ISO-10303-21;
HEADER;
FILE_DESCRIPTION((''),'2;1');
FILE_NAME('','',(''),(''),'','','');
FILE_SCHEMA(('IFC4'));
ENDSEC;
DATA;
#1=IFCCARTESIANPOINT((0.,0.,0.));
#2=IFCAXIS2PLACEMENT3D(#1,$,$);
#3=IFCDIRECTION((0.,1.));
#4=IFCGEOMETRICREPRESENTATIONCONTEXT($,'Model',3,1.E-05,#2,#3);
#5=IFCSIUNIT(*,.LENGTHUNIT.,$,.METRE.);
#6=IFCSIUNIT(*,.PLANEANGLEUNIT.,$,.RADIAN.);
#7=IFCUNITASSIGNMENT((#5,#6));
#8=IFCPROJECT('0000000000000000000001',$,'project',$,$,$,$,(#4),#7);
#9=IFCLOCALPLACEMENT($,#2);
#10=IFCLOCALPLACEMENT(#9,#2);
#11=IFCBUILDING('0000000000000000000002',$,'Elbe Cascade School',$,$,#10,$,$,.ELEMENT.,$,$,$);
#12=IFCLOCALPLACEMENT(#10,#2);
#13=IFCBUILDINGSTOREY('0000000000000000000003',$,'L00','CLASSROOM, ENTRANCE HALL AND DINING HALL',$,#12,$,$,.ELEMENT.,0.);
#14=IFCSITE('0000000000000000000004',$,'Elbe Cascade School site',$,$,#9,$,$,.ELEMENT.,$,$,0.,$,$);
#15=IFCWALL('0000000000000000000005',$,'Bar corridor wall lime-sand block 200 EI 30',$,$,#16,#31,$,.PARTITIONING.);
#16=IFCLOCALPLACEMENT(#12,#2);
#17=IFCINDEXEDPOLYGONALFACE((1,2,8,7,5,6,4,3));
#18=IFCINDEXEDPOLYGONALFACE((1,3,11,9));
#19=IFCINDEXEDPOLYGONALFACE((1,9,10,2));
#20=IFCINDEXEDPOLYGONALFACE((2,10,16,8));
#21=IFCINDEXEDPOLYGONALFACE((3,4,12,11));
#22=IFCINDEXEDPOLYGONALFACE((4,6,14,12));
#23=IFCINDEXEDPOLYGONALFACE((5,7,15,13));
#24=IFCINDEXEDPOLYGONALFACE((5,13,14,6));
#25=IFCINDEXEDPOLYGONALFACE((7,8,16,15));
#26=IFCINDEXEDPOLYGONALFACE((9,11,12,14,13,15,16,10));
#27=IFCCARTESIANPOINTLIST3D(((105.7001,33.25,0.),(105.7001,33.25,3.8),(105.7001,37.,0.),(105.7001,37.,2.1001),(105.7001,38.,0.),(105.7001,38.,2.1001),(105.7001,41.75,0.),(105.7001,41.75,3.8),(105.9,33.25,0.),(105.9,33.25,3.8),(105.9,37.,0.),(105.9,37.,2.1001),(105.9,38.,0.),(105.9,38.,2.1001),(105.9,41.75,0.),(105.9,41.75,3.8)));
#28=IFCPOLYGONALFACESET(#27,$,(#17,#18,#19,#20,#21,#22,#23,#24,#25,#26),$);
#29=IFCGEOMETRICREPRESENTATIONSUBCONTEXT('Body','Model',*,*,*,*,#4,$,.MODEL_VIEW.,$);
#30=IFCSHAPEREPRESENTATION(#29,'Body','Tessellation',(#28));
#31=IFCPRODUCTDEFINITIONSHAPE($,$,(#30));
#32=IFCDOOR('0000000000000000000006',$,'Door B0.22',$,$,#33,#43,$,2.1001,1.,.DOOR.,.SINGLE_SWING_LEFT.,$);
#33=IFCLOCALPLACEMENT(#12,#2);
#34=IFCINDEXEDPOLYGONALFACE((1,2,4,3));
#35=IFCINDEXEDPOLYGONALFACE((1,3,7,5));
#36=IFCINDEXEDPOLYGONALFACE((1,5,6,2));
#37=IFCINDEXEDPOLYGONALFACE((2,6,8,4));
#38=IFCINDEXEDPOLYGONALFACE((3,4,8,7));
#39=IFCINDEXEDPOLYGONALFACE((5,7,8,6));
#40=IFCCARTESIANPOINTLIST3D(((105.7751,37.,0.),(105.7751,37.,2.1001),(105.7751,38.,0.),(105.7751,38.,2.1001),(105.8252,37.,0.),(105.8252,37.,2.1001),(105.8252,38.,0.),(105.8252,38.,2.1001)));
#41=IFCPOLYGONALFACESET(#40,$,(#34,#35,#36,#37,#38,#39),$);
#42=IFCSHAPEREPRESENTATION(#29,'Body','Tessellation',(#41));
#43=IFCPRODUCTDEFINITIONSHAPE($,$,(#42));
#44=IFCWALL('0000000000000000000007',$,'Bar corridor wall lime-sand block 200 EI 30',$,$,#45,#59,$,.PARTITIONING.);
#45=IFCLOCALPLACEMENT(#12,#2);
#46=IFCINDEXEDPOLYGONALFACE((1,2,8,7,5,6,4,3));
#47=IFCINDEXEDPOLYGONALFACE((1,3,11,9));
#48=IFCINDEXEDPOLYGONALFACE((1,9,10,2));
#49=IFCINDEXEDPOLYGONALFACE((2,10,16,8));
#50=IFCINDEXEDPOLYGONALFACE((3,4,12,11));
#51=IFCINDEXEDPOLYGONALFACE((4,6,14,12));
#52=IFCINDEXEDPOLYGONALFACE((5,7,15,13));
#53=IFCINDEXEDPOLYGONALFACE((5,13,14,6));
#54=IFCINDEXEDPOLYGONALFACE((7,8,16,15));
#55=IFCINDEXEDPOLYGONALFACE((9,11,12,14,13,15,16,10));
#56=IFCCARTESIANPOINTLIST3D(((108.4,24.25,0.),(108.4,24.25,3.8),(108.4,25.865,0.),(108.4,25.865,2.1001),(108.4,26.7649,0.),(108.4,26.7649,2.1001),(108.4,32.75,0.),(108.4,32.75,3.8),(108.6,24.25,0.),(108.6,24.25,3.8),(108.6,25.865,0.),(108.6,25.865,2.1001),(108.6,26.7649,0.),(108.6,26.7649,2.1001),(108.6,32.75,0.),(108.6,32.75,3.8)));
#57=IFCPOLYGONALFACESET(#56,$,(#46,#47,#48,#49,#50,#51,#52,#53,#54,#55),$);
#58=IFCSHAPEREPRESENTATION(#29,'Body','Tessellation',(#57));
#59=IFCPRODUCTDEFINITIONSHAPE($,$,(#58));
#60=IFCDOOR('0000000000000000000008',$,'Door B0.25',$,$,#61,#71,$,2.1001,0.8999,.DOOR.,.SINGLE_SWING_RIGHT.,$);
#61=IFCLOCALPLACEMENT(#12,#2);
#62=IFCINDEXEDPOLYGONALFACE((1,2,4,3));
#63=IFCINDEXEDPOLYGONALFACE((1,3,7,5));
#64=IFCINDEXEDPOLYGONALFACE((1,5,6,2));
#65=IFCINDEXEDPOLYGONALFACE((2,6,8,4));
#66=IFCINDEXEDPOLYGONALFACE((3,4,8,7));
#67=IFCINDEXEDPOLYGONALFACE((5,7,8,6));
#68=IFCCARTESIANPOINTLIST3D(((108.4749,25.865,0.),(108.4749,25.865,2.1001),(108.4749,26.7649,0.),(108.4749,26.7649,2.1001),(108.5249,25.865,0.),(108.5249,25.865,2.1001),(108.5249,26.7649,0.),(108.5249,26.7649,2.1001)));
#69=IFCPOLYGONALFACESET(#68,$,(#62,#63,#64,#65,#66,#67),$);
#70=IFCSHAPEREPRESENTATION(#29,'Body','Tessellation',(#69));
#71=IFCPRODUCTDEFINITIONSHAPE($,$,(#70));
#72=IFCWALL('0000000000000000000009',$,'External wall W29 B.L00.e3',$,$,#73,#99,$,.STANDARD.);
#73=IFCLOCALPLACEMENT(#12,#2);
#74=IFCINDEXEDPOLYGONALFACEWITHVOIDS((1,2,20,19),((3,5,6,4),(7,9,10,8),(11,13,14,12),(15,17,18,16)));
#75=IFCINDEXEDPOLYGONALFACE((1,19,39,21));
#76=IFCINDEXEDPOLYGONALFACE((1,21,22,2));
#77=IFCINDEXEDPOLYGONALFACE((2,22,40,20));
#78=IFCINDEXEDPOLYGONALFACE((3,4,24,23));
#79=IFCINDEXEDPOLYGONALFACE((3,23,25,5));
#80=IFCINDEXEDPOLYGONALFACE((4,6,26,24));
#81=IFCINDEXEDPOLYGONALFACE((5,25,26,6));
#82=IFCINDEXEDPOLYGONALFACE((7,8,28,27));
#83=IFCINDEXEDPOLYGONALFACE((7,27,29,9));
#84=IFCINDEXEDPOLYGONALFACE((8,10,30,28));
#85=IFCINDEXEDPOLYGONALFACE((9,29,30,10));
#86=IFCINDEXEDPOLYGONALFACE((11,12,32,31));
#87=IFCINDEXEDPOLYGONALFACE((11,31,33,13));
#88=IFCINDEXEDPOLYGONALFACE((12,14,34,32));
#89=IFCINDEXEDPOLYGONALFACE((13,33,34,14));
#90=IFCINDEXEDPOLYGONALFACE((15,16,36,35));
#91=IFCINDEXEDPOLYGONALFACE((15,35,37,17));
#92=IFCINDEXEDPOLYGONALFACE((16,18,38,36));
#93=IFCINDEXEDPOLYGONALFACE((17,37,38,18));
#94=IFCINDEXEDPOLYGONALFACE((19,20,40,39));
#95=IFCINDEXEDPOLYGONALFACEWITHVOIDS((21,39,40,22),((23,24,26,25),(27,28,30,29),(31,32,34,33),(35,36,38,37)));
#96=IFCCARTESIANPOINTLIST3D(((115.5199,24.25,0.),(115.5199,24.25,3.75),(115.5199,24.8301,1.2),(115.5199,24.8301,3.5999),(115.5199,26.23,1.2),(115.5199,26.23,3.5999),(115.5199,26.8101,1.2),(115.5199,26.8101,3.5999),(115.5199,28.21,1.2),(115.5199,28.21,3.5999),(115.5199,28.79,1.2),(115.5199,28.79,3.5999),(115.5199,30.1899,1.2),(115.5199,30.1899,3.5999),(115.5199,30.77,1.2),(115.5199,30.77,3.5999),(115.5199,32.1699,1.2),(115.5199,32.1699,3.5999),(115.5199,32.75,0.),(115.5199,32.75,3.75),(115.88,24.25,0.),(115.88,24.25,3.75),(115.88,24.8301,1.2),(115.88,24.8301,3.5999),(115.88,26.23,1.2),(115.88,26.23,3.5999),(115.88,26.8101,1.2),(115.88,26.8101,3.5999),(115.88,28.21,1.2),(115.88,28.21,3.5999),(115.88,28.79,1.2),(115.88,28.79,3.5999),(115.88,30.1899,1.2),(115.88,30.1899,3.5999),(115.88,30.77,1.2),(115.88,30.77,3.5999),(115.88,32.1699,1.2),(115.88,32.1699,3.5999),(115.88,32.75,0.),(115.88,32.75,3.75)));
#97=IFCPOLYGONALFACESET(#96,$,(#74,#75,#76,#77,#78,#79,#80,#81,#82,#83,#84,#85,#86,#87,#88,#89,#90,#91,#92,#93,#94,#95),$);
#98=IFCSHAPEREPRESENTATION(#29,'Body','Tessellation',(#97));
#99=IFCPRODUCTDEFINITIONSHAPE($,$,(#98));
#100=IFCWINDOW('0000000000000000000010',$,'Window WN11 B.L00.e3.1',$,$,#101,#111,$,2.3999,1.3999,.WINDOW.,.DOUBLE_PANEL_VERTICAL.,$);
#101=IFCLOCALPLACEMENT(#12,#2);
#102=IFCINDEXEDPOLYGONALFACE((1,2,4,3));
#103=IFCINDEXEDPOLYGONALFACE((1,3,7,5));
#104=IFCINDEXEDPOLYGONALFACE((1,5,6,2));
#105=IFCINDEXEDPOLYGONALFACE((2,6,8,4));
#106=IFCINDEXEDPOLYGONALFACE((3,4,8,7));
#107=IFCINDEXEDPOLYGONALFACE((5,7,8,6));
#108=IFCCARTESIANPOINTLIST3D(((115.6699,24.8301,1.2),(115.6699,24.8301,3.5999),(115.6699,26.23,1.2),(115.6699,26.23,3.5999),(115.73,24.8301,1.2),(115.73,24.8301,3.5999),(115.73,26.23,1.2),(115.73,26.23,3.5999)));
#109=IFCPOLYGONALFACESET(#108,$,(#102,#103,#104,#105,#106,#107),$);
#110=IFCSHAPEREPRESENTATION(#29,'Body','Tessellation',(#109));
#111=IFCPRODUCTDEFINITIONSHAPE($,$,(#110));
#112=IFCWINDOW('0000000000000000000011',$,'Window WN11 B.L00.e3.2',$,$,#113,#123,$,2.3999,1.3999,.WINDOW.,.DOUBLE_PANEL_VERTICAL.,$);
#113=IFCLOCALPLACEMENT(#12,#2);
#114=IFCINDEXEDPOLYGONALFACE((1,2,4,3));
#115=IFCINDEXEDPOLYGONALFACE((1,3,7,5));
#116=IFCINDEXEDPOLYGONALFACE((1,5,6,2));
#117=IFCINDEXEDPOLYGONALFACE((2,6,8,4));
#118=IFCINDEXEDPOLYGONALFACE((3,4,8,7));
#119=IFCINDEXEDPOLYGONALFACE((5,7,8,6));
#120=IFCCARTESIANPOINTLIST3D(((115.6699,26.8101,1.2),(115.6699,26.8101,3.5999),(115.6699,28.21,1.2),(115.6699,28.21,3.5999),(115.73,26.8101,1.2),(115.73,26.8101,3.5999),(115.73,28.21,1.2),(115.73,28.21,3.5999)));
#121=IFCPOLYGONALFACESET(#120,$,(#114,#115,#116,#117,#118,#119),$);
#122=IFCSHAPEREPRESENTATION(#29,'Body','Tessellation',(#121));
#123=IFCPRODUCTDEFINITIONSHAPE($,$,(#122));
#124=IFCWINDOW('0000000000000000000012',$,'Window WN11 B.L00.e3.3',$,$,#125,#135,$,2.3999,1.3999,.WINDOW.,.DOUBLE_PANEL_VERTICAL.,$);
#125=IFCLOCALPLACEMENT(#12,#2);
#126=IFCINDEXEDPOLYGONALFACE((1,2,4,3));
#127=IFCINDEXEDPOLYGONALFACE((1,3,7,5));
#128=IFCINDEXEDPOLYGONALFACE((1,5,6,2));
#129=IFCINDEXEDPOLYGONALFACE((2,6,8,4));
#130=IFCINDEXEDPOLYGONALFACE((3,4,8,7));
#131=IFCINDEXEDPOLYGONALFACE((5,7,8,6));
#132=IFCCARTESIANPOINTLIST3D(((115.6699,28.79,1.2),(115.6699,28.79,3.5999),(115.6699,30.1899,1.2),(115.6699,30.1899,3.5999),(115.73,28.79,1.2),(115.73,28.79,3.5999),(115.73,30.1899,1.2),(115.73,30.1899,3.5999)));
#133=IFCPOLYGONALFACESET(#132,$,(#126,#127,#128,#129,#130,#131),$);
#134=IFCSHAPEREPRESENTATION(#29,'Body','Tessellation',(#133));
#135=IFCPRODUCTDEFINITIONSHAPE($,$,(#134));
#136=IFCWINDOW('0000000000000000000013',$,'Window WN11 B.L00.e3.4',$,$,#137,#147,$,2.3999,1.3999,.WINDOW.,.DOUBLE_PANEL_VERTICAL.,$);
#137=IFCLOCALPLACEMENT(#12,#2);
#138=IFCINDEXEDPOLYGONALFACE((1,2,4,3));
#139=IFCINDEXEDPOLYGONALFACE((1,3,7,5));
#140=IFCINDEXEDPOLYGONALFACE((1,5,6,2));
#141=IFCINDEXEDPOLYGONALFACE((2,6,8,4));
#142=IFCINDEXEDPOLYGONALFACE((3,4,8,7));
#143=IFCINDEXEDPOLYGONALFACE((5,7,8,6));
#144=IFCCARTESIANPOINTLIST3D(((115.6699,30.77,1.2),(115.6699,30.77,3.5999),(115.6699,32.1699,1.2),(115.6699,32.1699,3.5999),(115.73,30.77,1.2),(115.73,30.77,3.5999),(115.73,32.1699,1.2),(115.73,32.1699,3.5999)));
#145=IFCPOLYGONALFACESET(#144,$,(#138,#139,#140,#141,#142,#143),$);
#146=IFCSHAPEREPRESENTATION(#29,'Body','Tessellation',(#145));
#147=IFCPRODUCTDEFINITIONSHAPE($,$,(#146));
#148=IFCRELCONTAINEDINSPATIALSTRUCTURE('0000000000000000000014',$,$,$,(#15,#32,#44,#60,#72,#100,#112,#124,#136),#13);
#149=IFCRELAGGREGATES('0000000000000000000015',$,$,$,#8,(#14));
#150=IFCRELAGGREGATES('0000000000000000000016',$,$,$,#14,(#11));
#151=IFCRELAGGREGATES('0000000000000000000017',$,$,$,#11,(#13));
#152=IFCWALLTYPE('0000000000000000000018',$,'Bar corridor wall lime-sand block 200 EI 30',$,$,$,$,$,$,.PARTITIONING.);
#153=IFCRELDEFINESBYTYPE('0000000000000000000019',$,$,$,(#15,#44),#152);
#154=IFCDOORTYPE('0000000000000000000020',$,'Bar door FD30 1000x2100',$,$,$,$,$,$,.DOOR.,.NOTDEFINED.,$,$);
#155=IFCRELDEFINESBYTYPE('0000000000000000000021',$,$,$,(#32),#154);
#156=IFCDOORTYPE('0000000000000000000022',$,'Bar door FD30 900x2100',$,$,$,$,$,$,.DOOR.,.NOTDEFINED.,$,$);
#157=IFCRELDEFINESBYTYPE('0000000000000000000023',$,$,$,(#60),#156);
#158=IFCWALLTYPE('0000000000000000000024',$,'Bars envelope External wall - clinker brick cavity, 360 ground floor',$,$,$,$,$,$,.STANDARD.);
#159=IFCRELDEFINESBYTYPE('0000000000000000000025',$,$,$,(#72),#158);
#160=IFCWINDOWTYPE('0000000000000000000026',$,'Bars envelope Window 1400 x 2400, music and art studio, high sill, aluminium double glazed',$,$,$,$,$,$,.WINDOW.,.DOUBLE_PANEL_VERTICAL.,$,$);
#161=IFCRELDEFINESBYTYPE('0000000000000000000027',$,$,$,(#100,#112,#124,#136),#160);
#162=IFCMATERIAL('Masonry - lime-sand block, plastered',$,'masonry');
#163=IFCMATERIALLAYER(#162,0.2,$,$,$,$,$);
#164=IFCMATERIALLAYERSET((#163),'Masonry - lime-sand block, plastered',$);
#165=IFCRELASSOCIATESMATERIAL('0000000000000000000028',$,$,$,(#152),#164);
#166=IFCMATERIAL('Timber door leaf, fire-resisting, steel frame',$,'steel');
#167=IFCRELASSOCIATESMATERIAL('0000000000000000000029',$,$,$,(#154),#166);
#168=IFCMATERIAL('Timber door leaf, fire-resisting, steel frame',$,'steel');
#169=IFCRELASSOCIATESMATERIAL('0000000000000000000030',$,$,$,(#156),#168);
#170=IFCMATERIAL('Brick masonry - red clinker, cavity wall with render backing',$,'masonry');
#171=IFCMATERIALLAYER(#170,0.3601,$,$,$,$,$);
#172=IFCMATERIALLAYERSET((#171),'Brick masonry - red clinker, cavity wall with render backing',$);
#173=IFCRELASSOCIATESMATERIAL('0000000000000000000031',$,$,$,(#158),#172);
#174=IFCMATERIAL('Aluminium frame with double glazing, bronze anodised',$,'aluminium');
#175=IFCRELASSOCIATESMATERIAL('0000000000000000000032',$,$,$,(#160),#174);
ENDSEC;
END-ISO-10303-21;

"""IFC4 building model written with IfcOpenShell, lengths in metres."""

from ifc_helpers import new_model, si_unit, direction, frame, frame_2d, origin, place, context, subcontext, project, spatial, rectangle, extrude, material, layer, layer_set, type_object, element, fill, save


model = new_model("IFC4")

# Units and contexts
model_context = context("Model", 3, precision=1e-05, world=origin(), true_north=direction((0.0, 1.0)))
body_context = subcontext(model_context, "Body", "Model", "MODEL_VIEW")
ifc_project = project(units=[si_unit("LENGTHUNIT", "METRE"), si_unit("PLANEANGLEUNIT", "RADIAN")], contexts=[model_context])

# Site, building, storey
site_placement = place(None, origin())
site = spatial("IfcSite", under=ifc_project, at=site_placement, Name="Elbe Cascade School site", CompositionType="ELEMENT", RefElevation=0.0)
building_placement = place(site_placement, origin())
building = spatial("IfcBuilding", under=site, at=building_placement, Name="Elbe Cascade School", CompositionType="ELEMENT")
storey_placement = place(building_placement, origin())
storey = spatial("IfcBuildingStorey", under=building, at=storey_placement, Name="L00", Description="CLASSROOM, ENTRANCE HALL AND DINING HALL", CompositionType="ELEMENT", Elevation=0.0)

# Walls, openings, doors
ifc_material_1 = material(Name="Masonry - lime-sand block, plastered", Category="masonry")
ifc_layer_1 = layer(ifc_material_1, 0.2)
ifc_layer_set_1 = layer_set([ifc_layer_1], Name="Masonry - lime-sand block, plastered")
wall_type_1 = type_object("IfcWallType", Name="Bar corridor wall lime-sand block 200 EI 30", PredefinedType="PARTITIONING", material=ifc_layer_set_1)
wall_1_placement = place(storey_placement, frame((105.8, 33.25, 0.0), z_axis=(0.0, 0.0, 1.0), x_axis=(0.0, 1.0, 0.0)))
wall_1 = element("IfcWall", 1, at=wall_1_placement, inside=storey, type_object=wall_type_1, Name="Bar corridor wall lime-sand block 200 EI 30", PredefinedType="PARTITIONING", context=body_context, shape_type="SweptSolid", body=[
    extrude(rectangle(XDim=8.5, YDim=0.2, at=frame_2d((4.25, 0.0))), origin(), (0.0, 0.0, 1.0), 3.8),
])
opening_1_placement = place(wall_1_placement, frame((3.75, 0.0, 0.0)))
opening_1 = element("IfcOpeningElement", 2, at=opening_1_placement, cuts=wall_1, PredefinedType="OPENING", context=body_context, shape_type="SweptSolid", body=[
    extrude(rectangle(XDim=1.0, YDim=2.1001, at=frame_2d((0.5, 1.05))), frame((0.0, 0.1099, 0.0), z_axis=(0.0, -1.0, 0.0), x_axis=(1.0, 0.0, 0.0)), (0.0, 0.0, 1.0), 0.22),
])
ifc_material_2 = material(Name="Timber door leaf, fire-resisting, steel frame", Category="steel")
door_type_1 = type_object("IfcDoorType", Name="Bar door FD30 1000x2100", OperationType="NOTDEFINED", PredefinedType="DOOR", material=ifc_material_2)
door_1_placement = place(opening_1_placement, origin())
door_1 = element("IfcDoor", 3, at=door_1_placement, inside=storey, type_object=door_type_1, Name="Door B0.22", OperationType="SINGLE_SWING_LEFT", OverallHeight=2.1001, OverallWidth=1.0, PredefinedType="DOOR", context=body_context, shape_type="SweptSolid", body=[
    extrude(rectangle(XDim=1.0, YDim=2.1001, at=frame_2d((0.5, 1.05))), frame((0.0, 0.0249, 0.0), z_axis=(0.0, -1.0, 0.0), x_axis=(1.0, 0.0, 0.0)), (0.0, 0.0, 1.0), 0.05),
])
fill(opening_1, door_1)
wall_2_placement = place(storey_placement, frame((108.5, 32.75, 0.0), z_axis=(0.0, 0.0, 1.0), x_axis=(0.0, -1.0, 0.0)))
wall_2 = element("IfcWall", 4, at=wall_2_placement, inside=storey, type_object=wall_type_1, Name="Bar corridor wall lime-sand block 200 EI 30", PredefinedType="PARTITIONING", context=body_context, shape_type="SweptSolid", body=[
    extrude(rectangle(XDim=8.5, YDim=0.2, at=frame_2d((4.25, 0.0))), origin(), (0.0, 0.0, 1.0), 3.8),
])
opening_2_placement = place(wall_2_placement, frame((5.9851, 0.0, 0.0)))
opening_2 = element("IfcOpeningElement", 5, at=opening_2_placement, cuts=wall_2, PredefinedType="OPENING", context=body_context, shape_type="SweptSolid", body=[
    extrude(rectangle(XDim=0.8999, YDim=2.1001, at=frame_2d((0.45, 1.05))), frame((0.0, 0.1099, 0.0), z_axis=(0.0, -1.0, 0.0), x_axis=(1.0, 0.0, 0.0)), (0.0, 0.0, 1.0), 0.22),
])
ifc_material_3 = material(Name="Timber door leaf, fire-resisting, steel frame", Category="steel")
door_type_2 = type_object("IfcDoorType", Name="Bar door FD30 900x2100", OperationType="NOTDEFINED", PredefinedType="DOOR", material=ifc_material_3)
door_2_placement = place(opening_2_placement, origin())
door_2 = element("IfcDoor", 6, at=door_2_placement, inside=storey, type_object=door_type_2, Name="Door B0.25", OperationType="SINGLE_SWING_RIGHT", OverallHeight=2.1001, OverallWidth=0.8999, PredefinedType="DOOR", context=body_context, shape_type="SweptSolid", body=[
    extrude(rectangle(XDim=0.8999, YDim=2.1001, at=frame_2d((0.45, 1.05))), frame((0.0, 0.0249, 0.0), z_axis=(0.0, -1.0, 0.0), x_axis=(1.0, 0.0, 0.0)), (0.0, 0.0, 1.0), 0.05),
])
fill(opening_2, door_2)

# Wall, openings, windows
ifc_material_4 = material(Name="Brick masonry - red clinker, cavity wall with render backing", Category="masonry")
ifc_layer_2 = layer(ifc_material_4, 0.3601)
ifc_layer_set_2 = layer_set([ifc_layer_2], Name="Brick masonry - red clinker, cavity wall with render backing")
wall_type_2 = type_object("IfcWallType", Name="Bars envelope External wall - clinker brick cavity, 360 ground floor", PredefinedType="STANDARD", material=ifc_layer_set_2)
wall_3_placement = place(storey_placement, frame((115.7, 32.75, 0.0), z_axis=(0.0, 0.0, 1.0), x_axis=(0.0, -1.0, 0.0)))
wall_3 = element("IfcWall", 7, at=wall_3_placement, inside=storey, type_object=wall_type_2, Name="External wall W29 B.L00.e3", PredefinedType="STANDARD", context=body_context, shape_type="SweptSolid", body=[
    extrude(rectangle(XDim=8.5, YDim=0.3601, at=frame_2d((4.25, 0.0))), origin(), (0.0, 0.0, 1.0), 3.75),
])
opening_3_placement = place(wall_3_placement, frame((6.52, 0.0, 1.2)))
opening_3 = element("IfcOpeningElement", 8, at=opening_3_placement, cuts=wall_3, PredefinedType="OPENING", context=body_context, shape_type="SweptSolid", body=[
    extrude(rectangle(XDim=1.3999, YDim=2.3999, at=frame_2d((0.7, 1.2))), frame((0.0, 0.1899, 0.0), z_axis=(0.0, -1.0, 0.0), x_axis=(1.0, 0.0, 0.0)), (0.0, 0.0, 1.0), 0.3801),
])
opening_4_placement = place(wall_3_placement, frame((4.54, 0.0, 1.2)))
opening_4 = element("IfcOpeningElement", 9, at=opening_4_placement, cuts=wall_3, PredefinedType="OPENING", context=body_context, shape_type="SweptSolid", body=[
    extrude(rectangle(XDim=1.3999, YDim=2.3999, at=frame_2d((0.7, 1.2))), frame((0.0, 0.1899, 0.0), z_axis=(0.0, -1.0, 0.0), x_axis=(1.0, 0.0, 0.0)), (0.0, 0.0, 1.0), 0.3801),
])
opening_5_placement = place(wall_3_placement, frame((2.5601, 0.0, 1.2)))
opening_5 = element("IfcOpeningElement", 10, at=opening_5_placement, cuts=wall_3, PredefinedType="OPENING", context=body_context, shape_type="SweptSolid", body=[
    extrude(rectangle(XDim=1.3999, YDim=2.3999, at=frame_2d((0.7, 1.2))), frame((0.0, 0.1899, 0.0), z_axis=(0.0, -1.0, 0.0), x_axis=(1.0, 0.0, 0.0)), (0.0, 0.0, 1.0), 0.3801),
])
opening_6_placement = place(wall_3_placement, frame((0.5801, 0.0, 1.2)))
opening_6 = element("IfcOpeningElement", 11, at=opening_6_placement, cuts=wall_3, PredefinedType="OPENING", context=body_context, shape_type="SweptSolid", body=[
    extrude(rectangle(XDim=1.3999, YDim=2.3999, at=frame_2d((0.7, 1.2))), frame((0.0, 0.1899, 0.0), z_axis=(0.0, -1.0, 0.0), x_axis=(1.0, 0.0, 0.0)), (0.0, 0.0, 1.0), 0.3801),
])
ifc_material_5 = material(Name="Aluminium frame with double glazing, bronze anodised", Category="aluminium")
window_type = type_object("IfcWindowType", Name="Bars envelope Window 1400 x 2400, music and art studio, high sill, aluminium double glazed", PartitioningType="DOUBLE_PANEL_VERTICAL", PredefinedType="WINDOW", material=ifc_material_5)
window_1_placement = place(opening_3_placement, origin())
window_1 = element("IfcWindow", 12, at=window_1_placement, inside=storey, type_object=window_type, Name="Window WN11 B.L00.e3.1", OverallHeight=2.3999, OverallWidth=1.3999, PartitioningType="DOUBLE_PANEL_VERTICAL", PredefinedType="WINDOW", context=body_context, shape_type="SweptSolid", body=[
    extrude(rectangle(XDim=1.3999, YDim=2.3999, at=frame_2d((0.7, 1.2))), frame((0.0, 0.03, 0.0), z_axis=(0.0, -1.0, 0.0), x_axis=(1.0, 0.0, 0.0)), (0.0, 0.0, 1.0), 0.0601),
])
fill(opening_3, window_1)
window_2_placement = place(opening_4_placement, origin())
window_2 = element("IfcWindow", 13, at=window_2_placement, inside=storey, type_object=window_type, Name="Window WN11 B.L00.e3.2", OverallHeight=2.3999, OverallWidth=1.3999, PartitioningType="DOUBLE_PANEL_VERTICAL", PredefinedType="WINDOW", context=body_context, shape_type="SweptSolid", body=[
    extrude(rectangle(XDim=1.3999, YDim=2.3999, at=frame_2d((0.7, 1.2))), frame((0.0, 0.03, 0.0), z_axis=(0.0, -1.0, 0.0), x_axis=(1.0, 0.0, 0.0)), (0.0, 0.0, 1.0), 0.0601),
])
fill(opening_4, window_2)
window_3_placement = place(opening_5_placement, origin())
window_3 = element("IfcWindow", 14, at=window_3_placement, inside=storey, type_object=window_type, Name="Window WN11 B.L00.e3.3", OverallHeight=2.3999, OverallWidth=1.3999, PartitioningType="DOUBLE_PANEL_VERTICAL", PredefinedType="WINDOW", context=body_context, shape_type="SweptSolid", body=[
    extrude(rectangle(XDim=1.3999, YDim=2.3999, at=frame_2d((0.7, 1.2))), frame((0.0, 0.03, 0.0), z_axis=(0.0, -1.0, 0.0), x_axis=(1.0, 0.0, 0.0)), (0.0, 0.0, 1.0), 0.0601),
])
fill(opening_5, window_3)
window_4_placement = place(opening_6_placement, origin())
window_4 = element("IfcWindow", 15, at=window_4_placement, inside=storey, type_object=window_type, Name="Window WN11 B.L00.e3.4", OverallHeight=2.3999, OverallWidth=1.3999, PartitioningType="DOUBLE_PANEL_VERTICAL", PredefinedType="WINDOW", context=body_context, shape_type="SweptSolid", body=[
    extrude(rectangle(XDim=1.3999, YDim=2.3999, at=frame_2d((0.7, 1.2))), frame((0.0, 0.03, 0.0), z_axis=(0.0, -1.0, 0.0), x_axis=(1.0, 0.0, 0.0)), (0.0, 0.0, 1.0), 0.0601),
])
fill(opening_6, window_4)

save(model, "model.ifc")
